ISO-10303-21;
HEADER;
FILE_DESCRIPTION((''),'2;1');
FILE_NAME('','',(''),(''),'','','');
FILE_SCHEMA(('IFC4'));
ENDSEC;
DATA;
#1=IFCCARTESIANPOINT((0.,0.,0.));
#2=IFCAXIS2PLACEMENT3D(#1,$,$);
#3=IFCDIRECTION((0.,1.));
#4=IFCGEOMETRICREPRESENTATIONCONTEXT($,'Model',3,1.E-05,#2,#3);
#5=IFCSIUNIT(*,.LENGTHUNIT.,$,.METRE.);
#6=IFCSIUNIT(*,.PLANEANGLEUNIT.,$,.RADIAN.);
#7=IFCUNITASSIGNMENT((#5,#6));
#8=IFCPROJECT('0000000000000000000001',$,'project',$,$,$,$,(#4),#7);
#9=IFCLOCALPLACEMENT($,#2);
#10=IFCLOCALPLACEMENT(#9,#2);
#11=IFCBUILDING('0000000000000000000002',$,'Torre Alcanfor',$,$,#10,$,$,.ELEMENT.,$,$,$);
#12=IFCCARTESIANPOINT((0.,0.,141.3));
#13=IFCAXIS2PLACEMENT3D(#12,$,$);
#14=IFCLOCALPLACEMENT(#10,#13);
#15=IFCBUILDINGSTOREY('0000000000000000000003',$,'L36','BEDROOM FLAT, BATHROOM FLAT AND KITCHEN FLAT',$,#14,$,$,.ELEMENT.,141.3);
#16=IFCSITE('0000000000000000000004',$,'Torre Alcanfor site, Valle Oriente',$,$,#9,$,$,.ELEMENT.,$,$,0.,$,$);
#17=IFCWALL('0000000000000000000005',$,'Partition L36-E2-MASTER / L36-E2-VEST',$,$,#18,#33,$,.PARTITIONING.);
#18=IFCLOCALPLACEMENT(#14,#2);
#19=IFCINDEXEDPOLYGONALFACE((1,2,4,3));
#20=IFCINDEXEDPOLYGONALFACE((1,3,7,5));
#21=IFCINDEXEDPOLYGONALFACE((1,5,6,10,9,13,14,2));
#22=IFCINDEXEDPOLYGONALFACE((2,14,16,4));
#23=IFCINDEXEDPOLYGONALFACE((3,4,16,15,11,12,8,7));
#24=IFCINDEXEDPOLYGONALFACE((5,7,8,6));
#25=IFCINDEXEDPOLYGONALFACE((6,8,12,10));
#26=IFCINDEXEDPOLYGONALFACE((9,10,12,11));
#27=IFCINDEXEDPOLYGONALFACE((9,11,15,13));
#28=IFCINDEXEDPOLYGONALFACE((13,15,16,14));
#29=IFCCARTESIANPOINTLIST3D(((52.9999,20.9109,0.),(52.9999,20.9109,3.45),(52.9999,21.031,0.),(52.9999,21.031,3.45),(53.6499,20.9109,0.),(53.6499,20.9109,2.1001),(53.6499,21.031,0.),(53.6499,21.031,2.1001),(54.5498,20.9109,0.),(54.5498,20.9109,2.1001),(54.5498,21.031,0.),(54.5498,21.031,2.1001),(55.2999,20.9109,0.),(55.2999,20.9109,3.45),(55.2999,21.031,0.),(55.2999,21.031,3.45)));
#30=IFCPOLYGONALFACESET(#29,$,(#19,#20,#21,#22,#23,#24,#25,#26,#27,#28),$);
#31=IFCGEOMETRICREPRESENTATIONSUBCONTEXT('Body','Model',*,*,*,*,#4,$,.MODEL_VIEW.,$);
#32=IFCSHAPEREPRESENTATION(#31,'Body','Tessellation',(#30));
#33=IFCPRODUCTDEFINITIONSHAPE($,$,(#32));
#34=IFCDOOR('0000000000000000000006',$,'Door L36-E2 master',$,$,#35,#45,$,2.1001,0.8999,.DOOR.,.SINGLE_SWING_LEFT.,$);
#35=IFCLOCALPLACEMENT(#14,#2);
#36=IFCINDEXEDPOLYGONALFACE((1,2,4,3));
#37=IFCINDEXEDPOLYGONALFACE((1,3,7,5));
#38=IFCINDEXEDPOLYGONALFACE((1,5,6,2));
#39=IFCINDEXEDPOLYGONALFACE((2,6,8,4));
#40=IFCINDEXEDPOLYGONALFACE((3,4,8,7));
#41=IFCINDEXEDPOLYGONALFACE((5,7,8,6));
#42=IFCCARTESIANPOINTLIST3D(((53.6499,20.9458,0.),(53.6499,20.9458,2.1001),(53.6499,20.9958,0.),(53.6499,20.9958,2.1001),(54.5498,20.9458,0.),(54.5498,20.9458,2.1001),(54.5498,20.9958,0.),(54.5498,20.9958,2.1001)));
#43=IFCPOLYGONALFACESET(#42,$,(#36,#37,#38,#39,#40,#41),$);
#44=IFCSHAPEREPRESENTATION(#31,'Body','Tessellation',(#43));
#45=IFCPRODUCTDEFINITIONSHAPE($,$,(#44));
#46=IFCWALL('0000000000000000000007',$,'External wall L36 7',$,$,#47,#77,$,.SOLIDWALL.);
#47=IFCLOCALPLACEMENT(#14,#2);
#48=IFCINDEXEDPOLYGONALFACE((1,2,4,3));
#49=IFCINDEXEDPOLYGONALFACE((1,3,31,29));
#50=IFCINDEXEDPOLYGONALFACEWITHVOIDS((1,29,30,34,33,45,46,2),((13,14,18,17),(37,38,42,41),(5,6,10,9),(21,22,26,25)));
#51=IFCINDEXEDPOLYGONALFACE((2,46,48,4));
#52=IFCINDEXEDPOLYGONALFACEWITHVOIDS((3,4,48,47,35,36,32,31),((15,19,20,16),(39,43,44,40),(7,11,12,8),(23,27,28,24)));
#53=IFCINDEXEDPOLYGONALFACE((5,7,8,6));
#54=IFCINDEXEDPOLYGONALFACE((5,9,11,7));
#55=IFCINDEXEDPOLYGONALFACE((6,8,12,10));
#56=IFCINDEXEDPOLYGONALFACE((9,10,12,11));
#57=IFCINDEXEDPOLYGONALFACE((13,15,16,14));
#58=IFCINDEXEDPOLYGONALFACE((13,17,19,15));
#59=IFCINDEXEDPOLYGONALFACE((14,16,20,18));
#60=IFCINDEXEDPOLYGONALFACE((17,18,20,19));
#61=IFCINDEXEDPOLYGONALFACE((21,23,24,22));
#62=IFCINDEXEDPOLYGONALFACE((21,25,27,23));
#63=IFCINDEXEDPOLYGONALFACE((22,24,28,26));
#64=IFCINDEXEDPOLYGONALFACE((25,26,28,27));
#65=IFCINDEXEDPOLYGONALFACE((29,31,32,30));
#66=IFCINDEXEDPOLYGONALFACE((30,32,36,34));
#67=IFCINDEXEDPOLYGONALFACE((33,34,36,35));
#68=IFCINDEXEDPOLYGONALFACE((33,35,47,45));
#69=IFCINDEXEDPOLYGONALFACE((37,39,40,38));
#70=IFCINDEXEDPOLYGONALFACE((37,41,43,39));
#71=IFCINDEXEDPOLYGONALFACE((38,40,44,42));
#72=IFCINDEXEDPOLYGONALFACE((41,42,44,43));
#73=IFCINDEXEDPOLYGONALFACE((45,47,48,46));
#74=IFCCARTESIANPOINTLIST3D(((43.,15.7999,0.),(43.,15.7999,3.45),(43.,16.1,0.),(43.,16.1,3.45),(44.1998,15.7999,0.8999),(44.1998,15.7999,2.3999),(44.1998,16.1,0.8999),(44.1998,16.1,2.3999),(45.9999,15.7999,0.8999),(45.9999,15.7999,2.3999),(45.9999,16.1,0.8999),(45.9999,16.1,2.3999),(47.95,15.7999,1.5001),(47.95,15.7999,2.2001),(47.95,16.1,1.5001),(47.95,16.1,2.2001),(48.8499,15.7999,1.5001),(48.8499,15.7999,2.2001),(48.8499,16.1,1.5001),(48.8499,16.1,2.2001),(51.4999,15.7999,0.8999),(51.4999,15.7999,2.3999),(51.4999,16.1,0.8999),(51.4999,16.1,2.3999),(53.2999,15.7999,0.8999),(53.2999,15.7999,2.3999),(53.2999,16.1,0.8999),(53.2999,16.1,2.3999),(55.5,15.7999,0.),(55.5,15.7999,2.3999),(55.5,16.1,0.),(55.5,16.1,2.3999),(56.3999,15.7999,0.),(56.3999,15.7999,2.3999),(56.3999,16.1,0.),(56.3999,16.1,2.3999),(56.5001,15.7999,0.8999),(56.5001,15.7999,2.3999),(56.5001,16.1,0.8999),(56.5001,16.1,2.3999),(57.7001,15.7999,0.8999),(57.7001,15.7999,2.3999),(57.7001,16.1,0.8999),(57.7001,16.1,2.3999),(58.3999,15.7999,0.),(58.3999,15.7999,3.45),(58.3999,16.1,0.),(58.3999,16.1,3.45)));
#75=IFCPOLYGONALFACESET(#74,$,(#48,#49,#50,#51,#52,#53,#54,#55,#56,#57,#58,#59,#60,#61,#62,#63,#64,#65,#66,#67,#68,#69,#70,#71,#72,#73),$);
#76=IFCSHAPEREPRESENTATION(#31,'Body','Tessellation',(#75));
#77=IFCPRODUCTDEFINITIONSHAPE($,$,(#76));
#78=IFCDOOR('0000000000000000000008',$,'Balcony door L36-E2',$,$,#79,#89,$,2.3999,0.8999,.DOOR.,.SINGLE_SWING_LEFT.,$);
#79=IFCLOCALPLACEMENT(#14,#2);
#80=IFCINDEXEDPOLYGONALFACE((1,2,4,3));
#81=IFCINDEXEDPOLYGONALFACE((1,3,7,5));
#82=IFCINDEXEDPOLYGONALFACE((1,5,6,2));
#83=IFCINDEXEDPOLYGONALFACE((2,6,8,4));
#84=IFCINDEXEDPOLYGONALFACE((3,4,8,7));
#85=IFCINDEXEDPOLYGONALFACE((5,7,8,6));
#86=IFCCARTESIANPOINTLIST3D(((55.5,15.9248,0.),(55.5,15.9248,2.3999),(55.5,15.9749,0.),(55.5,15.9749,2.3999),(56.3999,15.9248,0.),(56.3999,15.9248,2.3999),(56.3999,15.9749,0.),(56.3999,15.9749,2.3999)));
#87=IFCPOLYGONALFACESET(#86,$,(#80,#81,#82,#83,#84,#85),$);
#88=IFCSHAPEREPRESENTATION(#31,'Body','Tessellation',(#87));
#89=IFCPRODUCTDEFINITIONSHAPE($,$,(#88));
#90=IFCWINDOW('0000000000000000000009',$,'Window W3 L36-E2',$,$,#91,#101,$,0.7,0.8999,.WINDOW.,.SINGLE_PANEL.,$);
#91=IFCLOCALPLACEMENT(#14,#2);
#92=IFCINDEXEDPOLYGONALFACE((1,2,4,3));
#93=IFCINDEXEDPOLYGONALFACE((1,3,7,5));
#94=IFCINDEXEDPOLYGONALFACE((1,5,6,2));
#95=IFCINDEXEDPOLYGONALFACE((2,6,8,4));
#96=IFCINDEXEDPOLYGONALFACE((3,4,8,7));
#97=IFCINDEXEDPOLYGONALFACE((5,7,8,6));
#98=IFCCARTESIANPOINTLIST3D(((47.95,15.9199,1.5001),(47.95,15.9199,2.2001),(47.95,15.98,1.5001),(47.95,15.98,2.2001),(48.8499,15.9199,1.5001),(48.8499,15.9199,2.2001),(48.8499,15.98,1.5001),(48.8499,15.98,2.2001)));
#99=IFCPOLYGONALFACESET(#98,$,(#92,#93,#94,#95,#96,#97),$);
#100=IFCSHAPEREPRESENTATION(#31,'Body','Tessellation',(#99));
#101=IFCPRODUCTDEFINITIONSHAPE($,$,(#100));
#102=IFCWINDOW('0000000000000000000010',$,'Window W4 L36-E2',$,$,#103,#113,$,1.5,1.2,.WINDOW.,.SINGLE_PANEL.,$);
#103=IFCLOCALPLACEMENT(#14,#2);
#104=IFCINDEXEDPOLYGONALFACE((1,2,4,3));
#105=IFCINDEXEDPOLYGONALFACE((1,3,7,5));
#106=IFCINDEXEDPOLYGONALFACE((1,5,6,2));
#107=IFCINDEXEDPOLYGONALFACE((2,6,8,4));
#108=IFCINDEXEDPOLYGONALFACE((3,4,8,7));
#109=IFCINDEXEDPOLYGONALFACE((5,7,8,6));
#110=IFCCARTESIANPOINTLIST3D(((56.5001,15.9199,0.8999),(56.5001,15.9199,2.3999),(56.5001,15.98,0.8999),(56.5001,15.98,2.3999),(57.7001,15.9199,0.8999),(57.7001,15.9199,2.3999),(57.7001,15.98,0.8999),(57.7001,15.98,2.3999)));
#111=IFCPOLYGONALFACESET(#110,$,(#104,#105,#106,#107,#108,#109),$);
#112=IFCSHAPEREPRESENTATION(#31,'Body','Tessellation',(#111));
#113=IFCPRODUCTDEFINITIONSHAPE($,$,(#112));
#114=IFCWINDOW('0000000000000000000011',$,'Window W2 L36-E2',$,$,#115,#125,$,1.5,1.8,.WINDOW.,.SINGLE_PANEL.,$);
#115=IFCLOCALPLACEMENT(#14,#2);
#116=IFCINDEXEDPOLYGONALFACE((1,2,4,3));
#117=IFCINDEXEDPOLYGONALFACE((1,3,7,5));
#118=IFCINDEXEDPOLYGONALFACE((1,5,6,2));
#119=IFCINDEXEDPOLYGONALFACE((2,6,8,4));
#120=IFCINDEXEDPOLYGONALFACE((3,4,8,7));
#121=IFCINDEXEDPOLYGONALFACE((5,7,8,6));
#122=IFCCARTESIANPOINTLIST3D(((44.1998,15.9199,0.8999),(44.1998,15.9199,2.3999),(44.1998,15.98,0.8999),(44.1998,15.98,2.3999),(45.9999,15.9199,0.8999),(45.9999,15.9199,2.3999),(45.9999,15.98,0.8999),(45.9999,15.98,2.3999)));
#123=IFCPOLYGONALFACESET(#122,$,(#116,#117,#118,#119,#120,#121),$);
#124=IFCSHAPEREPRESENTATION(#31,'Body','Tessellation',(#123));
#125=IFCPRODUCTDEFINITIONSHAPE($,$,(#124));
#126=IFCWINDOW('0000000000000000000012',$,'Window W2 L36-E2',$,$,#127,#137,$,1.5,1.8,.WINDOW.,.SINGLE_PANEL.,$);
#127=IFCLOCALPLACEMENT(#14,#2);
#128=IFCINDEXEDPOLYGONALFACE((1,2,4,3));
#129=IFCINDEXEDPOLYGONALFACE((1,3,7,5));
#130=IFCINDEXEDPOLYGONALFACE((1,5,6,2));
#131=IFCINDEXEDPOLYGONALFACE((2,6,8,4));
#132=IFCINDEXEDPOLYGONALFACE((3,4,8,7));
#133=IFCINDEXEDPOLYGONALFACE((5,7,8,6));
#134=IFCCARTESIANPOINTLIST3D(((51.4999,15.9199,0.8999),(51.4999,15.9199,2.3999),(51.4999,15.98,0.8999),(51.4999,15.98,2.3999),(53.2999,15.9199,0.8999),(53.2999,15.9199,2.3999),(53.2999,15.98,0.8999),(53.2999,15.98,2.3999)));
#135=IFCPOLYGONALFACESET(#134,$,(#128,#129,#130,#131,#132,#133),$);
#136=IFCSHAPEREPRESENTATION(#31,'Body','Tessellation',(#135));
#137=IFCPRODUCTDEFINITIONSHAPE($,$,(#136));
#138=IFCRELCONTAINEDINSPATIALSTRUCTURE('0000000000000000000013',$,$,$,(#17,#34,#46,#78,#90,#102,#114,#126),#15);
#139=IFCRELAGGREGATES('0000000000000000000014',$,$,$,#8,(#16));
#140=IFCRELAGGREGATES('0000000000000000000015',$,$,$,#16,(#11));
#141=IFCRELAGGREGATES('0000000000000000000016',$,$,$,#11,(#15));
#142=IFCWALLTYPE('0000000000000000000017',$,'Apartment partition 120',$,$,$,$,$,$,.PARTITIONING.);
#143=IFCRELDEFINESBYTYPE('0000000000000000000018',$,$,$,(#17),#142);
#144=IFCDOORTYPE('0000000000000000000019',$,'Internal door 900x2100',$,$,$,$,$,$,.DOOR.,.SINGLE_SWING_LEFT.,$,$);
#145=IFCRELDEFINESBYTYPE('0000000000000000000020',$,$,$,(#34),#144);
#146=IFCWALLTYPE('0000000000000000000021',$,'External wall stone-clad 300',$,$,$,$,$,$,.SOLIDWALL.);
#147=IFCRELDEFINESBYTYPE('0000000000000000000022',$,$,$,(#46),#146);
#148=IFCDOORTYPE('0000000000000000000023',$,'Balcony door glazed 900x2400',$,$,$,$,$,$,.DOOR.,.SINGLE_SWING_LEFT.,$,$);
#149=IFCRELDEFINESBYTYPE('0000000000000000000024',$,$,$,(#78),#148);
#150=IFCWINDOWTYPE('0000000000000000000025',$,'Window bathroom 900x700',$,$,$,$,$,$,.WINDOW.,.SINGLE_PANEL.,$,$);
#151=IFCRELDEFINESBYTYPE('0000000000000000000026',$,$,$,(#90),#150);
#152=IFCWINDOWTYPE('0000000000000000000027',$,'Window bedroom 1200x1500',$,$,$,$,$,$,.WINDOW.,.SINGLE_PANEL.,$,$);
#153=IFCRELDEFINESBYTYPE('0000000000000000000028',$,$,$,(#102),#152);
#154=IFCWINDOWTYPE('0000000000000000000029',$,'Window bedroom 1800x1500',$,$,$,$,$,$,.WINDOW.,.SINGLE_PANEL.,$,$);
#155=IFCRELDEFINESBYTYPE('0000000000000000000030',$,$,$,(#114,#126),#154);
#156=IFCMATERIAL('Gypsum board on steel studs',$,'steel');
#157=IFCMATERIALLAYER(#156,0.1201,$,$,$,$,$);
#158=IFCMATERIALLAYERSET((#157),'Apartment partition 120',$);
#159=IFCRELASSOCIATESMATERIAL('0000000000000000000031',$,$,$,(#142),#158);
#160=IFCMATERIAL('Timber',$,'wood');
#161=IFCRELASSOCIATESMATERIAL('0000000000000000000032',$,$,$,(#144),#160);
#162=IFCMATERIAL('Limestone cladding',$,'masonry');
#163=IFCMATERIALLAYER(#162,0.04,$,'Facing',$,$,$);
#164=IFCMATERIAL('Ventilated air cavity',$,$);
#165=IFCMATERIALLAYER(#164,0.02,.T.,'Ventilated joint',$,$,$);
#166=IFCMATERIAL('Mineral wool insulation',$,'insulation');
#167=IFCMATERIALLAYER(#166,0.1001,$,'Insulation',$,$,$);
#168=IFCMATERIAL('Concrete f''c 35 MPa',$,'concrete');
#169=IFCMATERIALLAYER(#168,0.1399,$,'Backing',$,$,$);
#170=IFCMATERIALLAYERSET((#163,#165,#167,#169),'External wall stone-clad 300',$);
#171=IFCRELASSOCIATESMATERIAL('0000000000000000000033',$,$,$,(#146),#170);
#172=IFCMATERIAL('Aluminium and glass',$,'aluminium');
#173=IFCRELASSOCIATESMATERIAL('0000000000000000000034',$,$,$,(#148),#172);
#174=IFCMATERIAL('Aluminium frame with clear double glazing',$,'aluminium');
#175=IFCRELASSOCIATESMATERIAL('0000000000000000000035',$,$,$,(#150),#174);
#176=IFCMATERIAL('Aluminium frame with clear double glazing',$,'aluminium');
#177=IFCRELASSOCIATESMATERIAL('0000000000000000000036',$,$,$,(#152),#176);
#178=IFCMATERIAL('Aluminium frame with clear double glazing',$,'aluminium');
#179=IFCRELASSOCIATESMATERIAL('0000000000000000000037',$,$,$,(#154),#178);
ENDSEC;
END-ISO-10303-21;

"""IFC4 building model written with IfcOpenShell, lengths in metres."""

from ifc_helpers import new_model, si_unit, direction, frame, frame_2d, origin, place, context, subcontext, project, spatial, rectangle, extrude, material, layer, layer_set, type_object, element, fill, save


model = new_model("IFC4")

# Units and contexts
model_context = context("Model", 3, precision=1e-05, world=origin(), true_north=direction((0.0, 1.0)))
body_context = subcontext(model_context, "Body", "Model", "MODEL_VIEW")
ifc_project = project(units=[si_unit("LENGTHUNIT", "METRE"), si_unit("PLANEANGLEUNIT", "RADIAN")], contexts=[model_context])

# Site, building, storey
site_placement = place(None, origin())
site = spatial("IfcSite", under=ifc_project, at=site_placement, Name="Torre Alcanfor site, Valle Oriente", CompositionType="ELEMENT", RefElevation=0.0)
building_placement = place(site_placement, origin())
building = spatial("IfcBuilding", under=site, at=building_placement, Name="Torre Alcanfor", CompositionType="ELEMENT")
storey_placement = place(building_placement, frame((0.0, 0.0, 141.3)))
storey = spatial("IfcBuildingStorey", under=building, at=storey_placement, Name="L36", Description="BEDROOM FLAT, BATHROOM FLAT AND KITCHEN FLAT", CompositionType="ELEMENT", Elevation=141.3)

# Wall, opening, door
ifc_material_1 = material(Name="Gypsum board on steel studs", Category="steel")
ifc_layer_1 = layer(ifc_material_1, 0.1201)
ifc_layer_set_1 = layer_set([ifc_layer_1], Name="Apartment partition 120")
wall_type_1 = type_object("IfcWallType", Name="Apartment partition 120", PredefinedType="PARTITIONING", material=ifc_layer_set_1)
ifc_material_2 = material(Name="Timber", Category="wood")
door_type_1 = type_object("IfcDoorType", Name="Internal door 900x2100", OperationType="SINGLE_SWING_LEFT", PredefinedType="DOOR", material=ifc_material_2)
wall_1_placement = place(storey_placement, frame((53.0, 20.9709, 0.0), z_axis=(0.0, 0.0, 1.0), x_axis=(1.0, 0.0, 0.0)))
wall_1 = element("IfcWall", 1, at=wall_1_placement, inside=storey, type_object=wall_type_1, Name="Partition L36-E2-MASTER / L36-E2-VEST", PredefinedType="PARTITIONING", context=body_context, shape_type="SweptSolid", body=[
    extrude(rectangle(XDim=2.3, YDim=0.1201, at=frame_2d((1.1499, 0.0))), origin(), (0.0, 0.0, 1.0), 3.45),
])
opening_1_placement = place(wall_1_placement, frame((0.6499, 0.0, 0.0)))
opening_1 = element("IfcOpeningElement", 2, at=opening_1_placement, cuts=wall_1, PredefinedType="OPENING", context=body_context, shape_type="SweptSolid", body=[
    extrude(rectangle(XDim=0.8999, YDim=2.1001, at=frame_2d((0.45, 1.05))), frame((0.0, 0.0701, 0.0), z_axis=(0.0, -1.0, 0.0), x_axis=(1.0, 0.0, 0.0)), (0.0, 0.0, 1.0), 0.1401),
])
door_1_placement = place(opening_1_placement, origin())
door_1 = element("IfcDoor", 3, at=door_1_placement, inside=storey, type_object=door_type_1, Name="Door L36-E2 master", OperationType="SINGLE_SWING_LEFT", OverallHeight=2.1001, OverallWidth=0.8999, PredefinedType="DOOR", context=body_context, shape_type="SweptSolid", body=[
    extrude(rectangle(XDim=0.8999, YDim=2.1001, at=frame_2d((0.45, 1.05))), frame((0.0, 0.0249, 0.0), z_axis=(0.0, -1.0, 0.0), x_axis=(1.0, 0.0, 0.0)), (0.0, 0.0, 1.0), 0.05),
])
fill(opening_1, door_1)

# Wall, openings, door, windows
ifc_material_3 = material(Name="Limestone cladding", Category="masonry")
ifc_layer_2 = layer(ifc_material_3, 0.04, Name="Facing")
ifc_material_4 = material(Name="Ventilated air cavity")
ifc_layer_3 = layer(ifc_material_4, 0.02, ventilated=True, Name="Ventilated joint")
ifc_material_5 = material(Name="Mineral wool insulation", Category="insulation")
ifc_layer_4 = layer(ifc_material_5, 0.1001, Name="Insulation")
ifc_material_6 = material(Name="Concrete f'c 35 MPa", Category="concrete")
ifc_layer_5 = layer(ifc_material_6, 0.1399, Name="Backing")
ifc_layer_set_2 = layer_set([ifc_layer_2, ifc_layer_3, ifc_layer_4, ifc_layer_5], Name="External wall stone-clad 300")
wall_type_2 = type_object("IfcWallType", Name="External wall stone-clad 300", PredefinedType="SOLIDWALL", material=ifc_layer_set_2)
wall_2_placement = place(storey_placement, frame((43.0, 15.95, 0.0), z_axis=(0.0, 0.0, 1.0), x_axis=(1.0, 0.0, 0.0)))
wall_2 = element("IfcWall", 4, at=wall_2_placement, inside=storey, type_object=wall_type_2, Name="External wall L36 7", PredefinedType="SOLIDWALL", context=body_context, shape_type="SweptSolid", body=[
    extrude(rectangle(XDim=15.3999, YDim=0.3, at=frame_2d((7.7, 0.0))), origin(), (0.0, 0.0, 1.0), 3.45),
])
opening_2_placement = place(wall_2_placement, frame((1.2, 0.0, 0.8999)))
opening_2 = element("IfcOpeningElement", 5, at=opening_2_placement, cuts=wall_2, PredefinedType="OPENING", context=body_context, shape_type="SweptSolid", body=[
    extrude(rectangle(XDim=1.8, YDim=1.5, at=frame_2d((0.8999, 0.75))), frame((0.0, 0.1599, 0.0), z_axis=(0.0, -1.0, 0.0), x_axis=(1.0, 0.0, 0.0)), (0.0, 0.0, 1.0), 0.3201),
])
opening_3_placement = place(wall_2_placement, frame((4.95, 0.0, 1.5)))
opening_3 = element("IfcOpeningElement", 6, at=opening_3_placement, cuts=wall_2, PredefinedType="OPENING", context=body_context, shape_type="SweptSolid", body=[
    extrude(rectangle(XDim=0.8999, YDim=0.7, at=frame_2d((0.45, 0.3501))), frame((0.0, 0.1599, 0.0), z_axis=(0.0, -1.0, 0.0), x_axis=(1.0, 0.0, 0.0)), (0.0, 0.0, 1.0), 0.3201),
])
opening_4_placement = place(wall_2_placement, frame((8.5, 0.0, 0.8999)))
opening_4 = element("IfcOpeningElement", 7, at=opening_4_placement, cuts=wall_2, PredefinedType="OPENING", context=body_context, shape_type="SweptSolid", body=[
    extrude(rectangle(XDim=1.8, YDim=1.5, at=frame_2d((0.8999, 0.75))), frame((0.0, 0.1599, 0.0), z_axis=(0.0, -1.0, 0.0), x_axis=(1.0, 0.0, 0.0)), (0.0, 0.0, 1.0), 0.3201),
])
opening_5_placement = place(wall_2_placement, frame((12.5, 0.0, 0.0)))
opening_5 = element("IfcOpeningElement", 8, at=opening_5_placement, cuts=wall_2, PredefinedType="OPENING", context=body_context, shape_type="SweptSolid", body=[
    extrude(rectangle(XDim=0.8999, YDim=2.3999, at=frame_2d((0.45, 1.2))), frame((0.0, 0.1599, 0.0), z_axis=(0.0, -1.0, 0.0), x_axis=(1.0, 0.0, 0.0)), (0.0, 0.0, 1.0), 0.3201),
])
opening_6_placement = place(wall_2_placement, frame((13.5, 0.0, 0.8999)))
opening_6 = element("IfcOpeningElement", 9, at=opening_6_placement, cuts=wall_2, PredefinedType="OPENING", context=body_context, shape_type="SweptSolid", body=[
    extrude(rectangle(XDim=1.2, YDim=1.5, at=frame_2d((0.6001, 0.75))), frame((0.0, 0.1599, 0.0), z_axis=(0.0, -1.0, 0.0), x_axis=(1.0, 0.0, 0.0)), (0.0, 0.0, 1.0), 0.3201),
])
ifc_material_7 = material(Name="Aluminium and glass", Category="aluminium")
door_type_2 = type_object("IfcDoorType", Name="Balcony door glazed 900x2400", OperationType="SINGLE_SWING_LEFT", PredefinedType="DOOR", material=ifc_material_7)
door_2_placement = place(opening_5_placement, origin())
door_2 = element("IfcDoor", 10, at=door_2_placement, inside=storey, type_object=door_type_2, Name="Balcony door L36-E2", OperationType="SINGLE_SWING_LEFT", OverallHeight=2.3999, OverallWidth=0.8999, PredefinedType="DOOR", context=body_context, shape_type="SweptSolid", body=[
    extrude(rectangle(XDim=0.8999, YDim=2.3999, at=frame_2d((0.45, 1.2))), frame((0.0, 0.0249, 0.0), z_axis=(0.0, -1.0, 0.0), x_axis=(1.0, 0.0, 0.0)), (0.0, 0.0, 1.0), 0.05),
])
fill(opening_5, door_2)
ifc_material_8 = material(Name="Aluminium frame with clear double glazing", Category="aluminium")
window_type_1 = type_object("IfcWindowType", Name="Window bathroom 900x700", PartitioningType="SINGLE_PANEL", PredefinedType="WINDOW", material=ifc_material_8)
window_1_placement = place(opening_3_placement, origin())
window_1 = element("IfcWindow", 11, at=window_1_placement, inside=storey, type_object=window_type_1, Name="Window W3 L36-E2", OverallHeight=0.7, OverallWidth=0.8999, PartitioningType="SINGLE_PANEL", PredefinedType="WINDOW", context=body_context, shape_type="SweptSolid", body=[
    extrude(rectangle(XDim=0.8999, YDim=0.7, at=frame_2d((0.45, 0.3501))), frame((0.0, 0.03, 0.0), z_axis=(0.0, -1.0, 0.0), x_axis=(1.0, 0.0, 0.0)), (0.0, 0.0, 1.0), 0.0601),
])
fill(opening_3, window_1)
ifc_material_9 = material(Name="Aluminium frame with clear double glazing", Category="aluminium")
window_type_2 = type_object("IfcWindowType", Name="Window bedroom 1200x1500", PartitioningType="SINGLE_PANEL", PredefinedType="WINDOW", material=ifc_material_9)
window_2_placement = place(opening_6_placement, origin())
window_2 = element("IfcWindow", 12, at=window_2_placement, inside=storey, type_object=window_type_2, Name="Window W4 L36-E2", OverallHeight=1.5, OverallWidth=1.2, PartitioningType="SINGLE_PANEL", PredefinedType="WINDOW", context=body_context, shape_type="SweptSolid", body=[
    extrude(rectangle(XDim=1.2, YDim=1.5, at=frame_2d((0.6001, 0.75))), frame((0.0, 0.03, 0.0), z_axis=(0.0, -1.0, 0.0), x_axis=(1.0, 0.0, 0.0)), (0.0, 0.0, 1.0), 0.0601),
])
fill(opening_6, window_2)
ifc_material_10 = material(Name="Aluminium frame with clear double glazing", Category="aluminium")
window_type_3 = type_object("IfcWindowType", Name="Window bedroom 1800x1500", PartitioningType="SINGLE_PANEL", PredefinedType="WINDOW", material=ifc_material_10)
window_3_placement = place(opening_2_placement, origin())
window_3 = element("IfcWindow", 13, at=window_3_placement, inside=storey, type_object=window_type_3, Name="Window W2 L36-E2", OverallHeight=1.5, OverallWidth=1.8, PartitioningType="SINGLE_PANEL", PredefinedType="WINDOW", context=body_context, shape_type="SweptSolid", body=[
    extrude(rectangle(XDim=1.8, YDim=1.5, at=frame_2d((0.8999, 0.75))), frame((0.0, 0.03, 0.0), z_axis=(0.0, -1.0, 0.0), x_axis=(1.0, 0.0, 0.0)), (0.0, 0.0, 1.0), 0.0601),
])
fill(opening_2, window_3)
window_4_placement = place(opening_4_placement, origin())
window_4 = element("IfcWindow", 14, at=window_4_placement, inside=storey, type_object=window_type_3, Name="Window W2 L36-E2", OverallHeight=1.5, OverallWidth=1.8, PartitioningType="SINGLE_PANEL", PredefinedType="WINDOW", context=body_context, shape_type="SweptSolid", body=[
    extrude(rectangle(XDim=1.8, YDim=1.5, at=frame_2d((0.8999, 0.75))), frame((0.0, 0.03, 0.0), z_axis=(0.0, -1.0, 0.0), x_axis=(1.0, 0.0, 0.0)), (0.0, 0.0, 1.0), 0.0601),
])
fill(opening_4, window_4)

save(model, "model.ifc")
